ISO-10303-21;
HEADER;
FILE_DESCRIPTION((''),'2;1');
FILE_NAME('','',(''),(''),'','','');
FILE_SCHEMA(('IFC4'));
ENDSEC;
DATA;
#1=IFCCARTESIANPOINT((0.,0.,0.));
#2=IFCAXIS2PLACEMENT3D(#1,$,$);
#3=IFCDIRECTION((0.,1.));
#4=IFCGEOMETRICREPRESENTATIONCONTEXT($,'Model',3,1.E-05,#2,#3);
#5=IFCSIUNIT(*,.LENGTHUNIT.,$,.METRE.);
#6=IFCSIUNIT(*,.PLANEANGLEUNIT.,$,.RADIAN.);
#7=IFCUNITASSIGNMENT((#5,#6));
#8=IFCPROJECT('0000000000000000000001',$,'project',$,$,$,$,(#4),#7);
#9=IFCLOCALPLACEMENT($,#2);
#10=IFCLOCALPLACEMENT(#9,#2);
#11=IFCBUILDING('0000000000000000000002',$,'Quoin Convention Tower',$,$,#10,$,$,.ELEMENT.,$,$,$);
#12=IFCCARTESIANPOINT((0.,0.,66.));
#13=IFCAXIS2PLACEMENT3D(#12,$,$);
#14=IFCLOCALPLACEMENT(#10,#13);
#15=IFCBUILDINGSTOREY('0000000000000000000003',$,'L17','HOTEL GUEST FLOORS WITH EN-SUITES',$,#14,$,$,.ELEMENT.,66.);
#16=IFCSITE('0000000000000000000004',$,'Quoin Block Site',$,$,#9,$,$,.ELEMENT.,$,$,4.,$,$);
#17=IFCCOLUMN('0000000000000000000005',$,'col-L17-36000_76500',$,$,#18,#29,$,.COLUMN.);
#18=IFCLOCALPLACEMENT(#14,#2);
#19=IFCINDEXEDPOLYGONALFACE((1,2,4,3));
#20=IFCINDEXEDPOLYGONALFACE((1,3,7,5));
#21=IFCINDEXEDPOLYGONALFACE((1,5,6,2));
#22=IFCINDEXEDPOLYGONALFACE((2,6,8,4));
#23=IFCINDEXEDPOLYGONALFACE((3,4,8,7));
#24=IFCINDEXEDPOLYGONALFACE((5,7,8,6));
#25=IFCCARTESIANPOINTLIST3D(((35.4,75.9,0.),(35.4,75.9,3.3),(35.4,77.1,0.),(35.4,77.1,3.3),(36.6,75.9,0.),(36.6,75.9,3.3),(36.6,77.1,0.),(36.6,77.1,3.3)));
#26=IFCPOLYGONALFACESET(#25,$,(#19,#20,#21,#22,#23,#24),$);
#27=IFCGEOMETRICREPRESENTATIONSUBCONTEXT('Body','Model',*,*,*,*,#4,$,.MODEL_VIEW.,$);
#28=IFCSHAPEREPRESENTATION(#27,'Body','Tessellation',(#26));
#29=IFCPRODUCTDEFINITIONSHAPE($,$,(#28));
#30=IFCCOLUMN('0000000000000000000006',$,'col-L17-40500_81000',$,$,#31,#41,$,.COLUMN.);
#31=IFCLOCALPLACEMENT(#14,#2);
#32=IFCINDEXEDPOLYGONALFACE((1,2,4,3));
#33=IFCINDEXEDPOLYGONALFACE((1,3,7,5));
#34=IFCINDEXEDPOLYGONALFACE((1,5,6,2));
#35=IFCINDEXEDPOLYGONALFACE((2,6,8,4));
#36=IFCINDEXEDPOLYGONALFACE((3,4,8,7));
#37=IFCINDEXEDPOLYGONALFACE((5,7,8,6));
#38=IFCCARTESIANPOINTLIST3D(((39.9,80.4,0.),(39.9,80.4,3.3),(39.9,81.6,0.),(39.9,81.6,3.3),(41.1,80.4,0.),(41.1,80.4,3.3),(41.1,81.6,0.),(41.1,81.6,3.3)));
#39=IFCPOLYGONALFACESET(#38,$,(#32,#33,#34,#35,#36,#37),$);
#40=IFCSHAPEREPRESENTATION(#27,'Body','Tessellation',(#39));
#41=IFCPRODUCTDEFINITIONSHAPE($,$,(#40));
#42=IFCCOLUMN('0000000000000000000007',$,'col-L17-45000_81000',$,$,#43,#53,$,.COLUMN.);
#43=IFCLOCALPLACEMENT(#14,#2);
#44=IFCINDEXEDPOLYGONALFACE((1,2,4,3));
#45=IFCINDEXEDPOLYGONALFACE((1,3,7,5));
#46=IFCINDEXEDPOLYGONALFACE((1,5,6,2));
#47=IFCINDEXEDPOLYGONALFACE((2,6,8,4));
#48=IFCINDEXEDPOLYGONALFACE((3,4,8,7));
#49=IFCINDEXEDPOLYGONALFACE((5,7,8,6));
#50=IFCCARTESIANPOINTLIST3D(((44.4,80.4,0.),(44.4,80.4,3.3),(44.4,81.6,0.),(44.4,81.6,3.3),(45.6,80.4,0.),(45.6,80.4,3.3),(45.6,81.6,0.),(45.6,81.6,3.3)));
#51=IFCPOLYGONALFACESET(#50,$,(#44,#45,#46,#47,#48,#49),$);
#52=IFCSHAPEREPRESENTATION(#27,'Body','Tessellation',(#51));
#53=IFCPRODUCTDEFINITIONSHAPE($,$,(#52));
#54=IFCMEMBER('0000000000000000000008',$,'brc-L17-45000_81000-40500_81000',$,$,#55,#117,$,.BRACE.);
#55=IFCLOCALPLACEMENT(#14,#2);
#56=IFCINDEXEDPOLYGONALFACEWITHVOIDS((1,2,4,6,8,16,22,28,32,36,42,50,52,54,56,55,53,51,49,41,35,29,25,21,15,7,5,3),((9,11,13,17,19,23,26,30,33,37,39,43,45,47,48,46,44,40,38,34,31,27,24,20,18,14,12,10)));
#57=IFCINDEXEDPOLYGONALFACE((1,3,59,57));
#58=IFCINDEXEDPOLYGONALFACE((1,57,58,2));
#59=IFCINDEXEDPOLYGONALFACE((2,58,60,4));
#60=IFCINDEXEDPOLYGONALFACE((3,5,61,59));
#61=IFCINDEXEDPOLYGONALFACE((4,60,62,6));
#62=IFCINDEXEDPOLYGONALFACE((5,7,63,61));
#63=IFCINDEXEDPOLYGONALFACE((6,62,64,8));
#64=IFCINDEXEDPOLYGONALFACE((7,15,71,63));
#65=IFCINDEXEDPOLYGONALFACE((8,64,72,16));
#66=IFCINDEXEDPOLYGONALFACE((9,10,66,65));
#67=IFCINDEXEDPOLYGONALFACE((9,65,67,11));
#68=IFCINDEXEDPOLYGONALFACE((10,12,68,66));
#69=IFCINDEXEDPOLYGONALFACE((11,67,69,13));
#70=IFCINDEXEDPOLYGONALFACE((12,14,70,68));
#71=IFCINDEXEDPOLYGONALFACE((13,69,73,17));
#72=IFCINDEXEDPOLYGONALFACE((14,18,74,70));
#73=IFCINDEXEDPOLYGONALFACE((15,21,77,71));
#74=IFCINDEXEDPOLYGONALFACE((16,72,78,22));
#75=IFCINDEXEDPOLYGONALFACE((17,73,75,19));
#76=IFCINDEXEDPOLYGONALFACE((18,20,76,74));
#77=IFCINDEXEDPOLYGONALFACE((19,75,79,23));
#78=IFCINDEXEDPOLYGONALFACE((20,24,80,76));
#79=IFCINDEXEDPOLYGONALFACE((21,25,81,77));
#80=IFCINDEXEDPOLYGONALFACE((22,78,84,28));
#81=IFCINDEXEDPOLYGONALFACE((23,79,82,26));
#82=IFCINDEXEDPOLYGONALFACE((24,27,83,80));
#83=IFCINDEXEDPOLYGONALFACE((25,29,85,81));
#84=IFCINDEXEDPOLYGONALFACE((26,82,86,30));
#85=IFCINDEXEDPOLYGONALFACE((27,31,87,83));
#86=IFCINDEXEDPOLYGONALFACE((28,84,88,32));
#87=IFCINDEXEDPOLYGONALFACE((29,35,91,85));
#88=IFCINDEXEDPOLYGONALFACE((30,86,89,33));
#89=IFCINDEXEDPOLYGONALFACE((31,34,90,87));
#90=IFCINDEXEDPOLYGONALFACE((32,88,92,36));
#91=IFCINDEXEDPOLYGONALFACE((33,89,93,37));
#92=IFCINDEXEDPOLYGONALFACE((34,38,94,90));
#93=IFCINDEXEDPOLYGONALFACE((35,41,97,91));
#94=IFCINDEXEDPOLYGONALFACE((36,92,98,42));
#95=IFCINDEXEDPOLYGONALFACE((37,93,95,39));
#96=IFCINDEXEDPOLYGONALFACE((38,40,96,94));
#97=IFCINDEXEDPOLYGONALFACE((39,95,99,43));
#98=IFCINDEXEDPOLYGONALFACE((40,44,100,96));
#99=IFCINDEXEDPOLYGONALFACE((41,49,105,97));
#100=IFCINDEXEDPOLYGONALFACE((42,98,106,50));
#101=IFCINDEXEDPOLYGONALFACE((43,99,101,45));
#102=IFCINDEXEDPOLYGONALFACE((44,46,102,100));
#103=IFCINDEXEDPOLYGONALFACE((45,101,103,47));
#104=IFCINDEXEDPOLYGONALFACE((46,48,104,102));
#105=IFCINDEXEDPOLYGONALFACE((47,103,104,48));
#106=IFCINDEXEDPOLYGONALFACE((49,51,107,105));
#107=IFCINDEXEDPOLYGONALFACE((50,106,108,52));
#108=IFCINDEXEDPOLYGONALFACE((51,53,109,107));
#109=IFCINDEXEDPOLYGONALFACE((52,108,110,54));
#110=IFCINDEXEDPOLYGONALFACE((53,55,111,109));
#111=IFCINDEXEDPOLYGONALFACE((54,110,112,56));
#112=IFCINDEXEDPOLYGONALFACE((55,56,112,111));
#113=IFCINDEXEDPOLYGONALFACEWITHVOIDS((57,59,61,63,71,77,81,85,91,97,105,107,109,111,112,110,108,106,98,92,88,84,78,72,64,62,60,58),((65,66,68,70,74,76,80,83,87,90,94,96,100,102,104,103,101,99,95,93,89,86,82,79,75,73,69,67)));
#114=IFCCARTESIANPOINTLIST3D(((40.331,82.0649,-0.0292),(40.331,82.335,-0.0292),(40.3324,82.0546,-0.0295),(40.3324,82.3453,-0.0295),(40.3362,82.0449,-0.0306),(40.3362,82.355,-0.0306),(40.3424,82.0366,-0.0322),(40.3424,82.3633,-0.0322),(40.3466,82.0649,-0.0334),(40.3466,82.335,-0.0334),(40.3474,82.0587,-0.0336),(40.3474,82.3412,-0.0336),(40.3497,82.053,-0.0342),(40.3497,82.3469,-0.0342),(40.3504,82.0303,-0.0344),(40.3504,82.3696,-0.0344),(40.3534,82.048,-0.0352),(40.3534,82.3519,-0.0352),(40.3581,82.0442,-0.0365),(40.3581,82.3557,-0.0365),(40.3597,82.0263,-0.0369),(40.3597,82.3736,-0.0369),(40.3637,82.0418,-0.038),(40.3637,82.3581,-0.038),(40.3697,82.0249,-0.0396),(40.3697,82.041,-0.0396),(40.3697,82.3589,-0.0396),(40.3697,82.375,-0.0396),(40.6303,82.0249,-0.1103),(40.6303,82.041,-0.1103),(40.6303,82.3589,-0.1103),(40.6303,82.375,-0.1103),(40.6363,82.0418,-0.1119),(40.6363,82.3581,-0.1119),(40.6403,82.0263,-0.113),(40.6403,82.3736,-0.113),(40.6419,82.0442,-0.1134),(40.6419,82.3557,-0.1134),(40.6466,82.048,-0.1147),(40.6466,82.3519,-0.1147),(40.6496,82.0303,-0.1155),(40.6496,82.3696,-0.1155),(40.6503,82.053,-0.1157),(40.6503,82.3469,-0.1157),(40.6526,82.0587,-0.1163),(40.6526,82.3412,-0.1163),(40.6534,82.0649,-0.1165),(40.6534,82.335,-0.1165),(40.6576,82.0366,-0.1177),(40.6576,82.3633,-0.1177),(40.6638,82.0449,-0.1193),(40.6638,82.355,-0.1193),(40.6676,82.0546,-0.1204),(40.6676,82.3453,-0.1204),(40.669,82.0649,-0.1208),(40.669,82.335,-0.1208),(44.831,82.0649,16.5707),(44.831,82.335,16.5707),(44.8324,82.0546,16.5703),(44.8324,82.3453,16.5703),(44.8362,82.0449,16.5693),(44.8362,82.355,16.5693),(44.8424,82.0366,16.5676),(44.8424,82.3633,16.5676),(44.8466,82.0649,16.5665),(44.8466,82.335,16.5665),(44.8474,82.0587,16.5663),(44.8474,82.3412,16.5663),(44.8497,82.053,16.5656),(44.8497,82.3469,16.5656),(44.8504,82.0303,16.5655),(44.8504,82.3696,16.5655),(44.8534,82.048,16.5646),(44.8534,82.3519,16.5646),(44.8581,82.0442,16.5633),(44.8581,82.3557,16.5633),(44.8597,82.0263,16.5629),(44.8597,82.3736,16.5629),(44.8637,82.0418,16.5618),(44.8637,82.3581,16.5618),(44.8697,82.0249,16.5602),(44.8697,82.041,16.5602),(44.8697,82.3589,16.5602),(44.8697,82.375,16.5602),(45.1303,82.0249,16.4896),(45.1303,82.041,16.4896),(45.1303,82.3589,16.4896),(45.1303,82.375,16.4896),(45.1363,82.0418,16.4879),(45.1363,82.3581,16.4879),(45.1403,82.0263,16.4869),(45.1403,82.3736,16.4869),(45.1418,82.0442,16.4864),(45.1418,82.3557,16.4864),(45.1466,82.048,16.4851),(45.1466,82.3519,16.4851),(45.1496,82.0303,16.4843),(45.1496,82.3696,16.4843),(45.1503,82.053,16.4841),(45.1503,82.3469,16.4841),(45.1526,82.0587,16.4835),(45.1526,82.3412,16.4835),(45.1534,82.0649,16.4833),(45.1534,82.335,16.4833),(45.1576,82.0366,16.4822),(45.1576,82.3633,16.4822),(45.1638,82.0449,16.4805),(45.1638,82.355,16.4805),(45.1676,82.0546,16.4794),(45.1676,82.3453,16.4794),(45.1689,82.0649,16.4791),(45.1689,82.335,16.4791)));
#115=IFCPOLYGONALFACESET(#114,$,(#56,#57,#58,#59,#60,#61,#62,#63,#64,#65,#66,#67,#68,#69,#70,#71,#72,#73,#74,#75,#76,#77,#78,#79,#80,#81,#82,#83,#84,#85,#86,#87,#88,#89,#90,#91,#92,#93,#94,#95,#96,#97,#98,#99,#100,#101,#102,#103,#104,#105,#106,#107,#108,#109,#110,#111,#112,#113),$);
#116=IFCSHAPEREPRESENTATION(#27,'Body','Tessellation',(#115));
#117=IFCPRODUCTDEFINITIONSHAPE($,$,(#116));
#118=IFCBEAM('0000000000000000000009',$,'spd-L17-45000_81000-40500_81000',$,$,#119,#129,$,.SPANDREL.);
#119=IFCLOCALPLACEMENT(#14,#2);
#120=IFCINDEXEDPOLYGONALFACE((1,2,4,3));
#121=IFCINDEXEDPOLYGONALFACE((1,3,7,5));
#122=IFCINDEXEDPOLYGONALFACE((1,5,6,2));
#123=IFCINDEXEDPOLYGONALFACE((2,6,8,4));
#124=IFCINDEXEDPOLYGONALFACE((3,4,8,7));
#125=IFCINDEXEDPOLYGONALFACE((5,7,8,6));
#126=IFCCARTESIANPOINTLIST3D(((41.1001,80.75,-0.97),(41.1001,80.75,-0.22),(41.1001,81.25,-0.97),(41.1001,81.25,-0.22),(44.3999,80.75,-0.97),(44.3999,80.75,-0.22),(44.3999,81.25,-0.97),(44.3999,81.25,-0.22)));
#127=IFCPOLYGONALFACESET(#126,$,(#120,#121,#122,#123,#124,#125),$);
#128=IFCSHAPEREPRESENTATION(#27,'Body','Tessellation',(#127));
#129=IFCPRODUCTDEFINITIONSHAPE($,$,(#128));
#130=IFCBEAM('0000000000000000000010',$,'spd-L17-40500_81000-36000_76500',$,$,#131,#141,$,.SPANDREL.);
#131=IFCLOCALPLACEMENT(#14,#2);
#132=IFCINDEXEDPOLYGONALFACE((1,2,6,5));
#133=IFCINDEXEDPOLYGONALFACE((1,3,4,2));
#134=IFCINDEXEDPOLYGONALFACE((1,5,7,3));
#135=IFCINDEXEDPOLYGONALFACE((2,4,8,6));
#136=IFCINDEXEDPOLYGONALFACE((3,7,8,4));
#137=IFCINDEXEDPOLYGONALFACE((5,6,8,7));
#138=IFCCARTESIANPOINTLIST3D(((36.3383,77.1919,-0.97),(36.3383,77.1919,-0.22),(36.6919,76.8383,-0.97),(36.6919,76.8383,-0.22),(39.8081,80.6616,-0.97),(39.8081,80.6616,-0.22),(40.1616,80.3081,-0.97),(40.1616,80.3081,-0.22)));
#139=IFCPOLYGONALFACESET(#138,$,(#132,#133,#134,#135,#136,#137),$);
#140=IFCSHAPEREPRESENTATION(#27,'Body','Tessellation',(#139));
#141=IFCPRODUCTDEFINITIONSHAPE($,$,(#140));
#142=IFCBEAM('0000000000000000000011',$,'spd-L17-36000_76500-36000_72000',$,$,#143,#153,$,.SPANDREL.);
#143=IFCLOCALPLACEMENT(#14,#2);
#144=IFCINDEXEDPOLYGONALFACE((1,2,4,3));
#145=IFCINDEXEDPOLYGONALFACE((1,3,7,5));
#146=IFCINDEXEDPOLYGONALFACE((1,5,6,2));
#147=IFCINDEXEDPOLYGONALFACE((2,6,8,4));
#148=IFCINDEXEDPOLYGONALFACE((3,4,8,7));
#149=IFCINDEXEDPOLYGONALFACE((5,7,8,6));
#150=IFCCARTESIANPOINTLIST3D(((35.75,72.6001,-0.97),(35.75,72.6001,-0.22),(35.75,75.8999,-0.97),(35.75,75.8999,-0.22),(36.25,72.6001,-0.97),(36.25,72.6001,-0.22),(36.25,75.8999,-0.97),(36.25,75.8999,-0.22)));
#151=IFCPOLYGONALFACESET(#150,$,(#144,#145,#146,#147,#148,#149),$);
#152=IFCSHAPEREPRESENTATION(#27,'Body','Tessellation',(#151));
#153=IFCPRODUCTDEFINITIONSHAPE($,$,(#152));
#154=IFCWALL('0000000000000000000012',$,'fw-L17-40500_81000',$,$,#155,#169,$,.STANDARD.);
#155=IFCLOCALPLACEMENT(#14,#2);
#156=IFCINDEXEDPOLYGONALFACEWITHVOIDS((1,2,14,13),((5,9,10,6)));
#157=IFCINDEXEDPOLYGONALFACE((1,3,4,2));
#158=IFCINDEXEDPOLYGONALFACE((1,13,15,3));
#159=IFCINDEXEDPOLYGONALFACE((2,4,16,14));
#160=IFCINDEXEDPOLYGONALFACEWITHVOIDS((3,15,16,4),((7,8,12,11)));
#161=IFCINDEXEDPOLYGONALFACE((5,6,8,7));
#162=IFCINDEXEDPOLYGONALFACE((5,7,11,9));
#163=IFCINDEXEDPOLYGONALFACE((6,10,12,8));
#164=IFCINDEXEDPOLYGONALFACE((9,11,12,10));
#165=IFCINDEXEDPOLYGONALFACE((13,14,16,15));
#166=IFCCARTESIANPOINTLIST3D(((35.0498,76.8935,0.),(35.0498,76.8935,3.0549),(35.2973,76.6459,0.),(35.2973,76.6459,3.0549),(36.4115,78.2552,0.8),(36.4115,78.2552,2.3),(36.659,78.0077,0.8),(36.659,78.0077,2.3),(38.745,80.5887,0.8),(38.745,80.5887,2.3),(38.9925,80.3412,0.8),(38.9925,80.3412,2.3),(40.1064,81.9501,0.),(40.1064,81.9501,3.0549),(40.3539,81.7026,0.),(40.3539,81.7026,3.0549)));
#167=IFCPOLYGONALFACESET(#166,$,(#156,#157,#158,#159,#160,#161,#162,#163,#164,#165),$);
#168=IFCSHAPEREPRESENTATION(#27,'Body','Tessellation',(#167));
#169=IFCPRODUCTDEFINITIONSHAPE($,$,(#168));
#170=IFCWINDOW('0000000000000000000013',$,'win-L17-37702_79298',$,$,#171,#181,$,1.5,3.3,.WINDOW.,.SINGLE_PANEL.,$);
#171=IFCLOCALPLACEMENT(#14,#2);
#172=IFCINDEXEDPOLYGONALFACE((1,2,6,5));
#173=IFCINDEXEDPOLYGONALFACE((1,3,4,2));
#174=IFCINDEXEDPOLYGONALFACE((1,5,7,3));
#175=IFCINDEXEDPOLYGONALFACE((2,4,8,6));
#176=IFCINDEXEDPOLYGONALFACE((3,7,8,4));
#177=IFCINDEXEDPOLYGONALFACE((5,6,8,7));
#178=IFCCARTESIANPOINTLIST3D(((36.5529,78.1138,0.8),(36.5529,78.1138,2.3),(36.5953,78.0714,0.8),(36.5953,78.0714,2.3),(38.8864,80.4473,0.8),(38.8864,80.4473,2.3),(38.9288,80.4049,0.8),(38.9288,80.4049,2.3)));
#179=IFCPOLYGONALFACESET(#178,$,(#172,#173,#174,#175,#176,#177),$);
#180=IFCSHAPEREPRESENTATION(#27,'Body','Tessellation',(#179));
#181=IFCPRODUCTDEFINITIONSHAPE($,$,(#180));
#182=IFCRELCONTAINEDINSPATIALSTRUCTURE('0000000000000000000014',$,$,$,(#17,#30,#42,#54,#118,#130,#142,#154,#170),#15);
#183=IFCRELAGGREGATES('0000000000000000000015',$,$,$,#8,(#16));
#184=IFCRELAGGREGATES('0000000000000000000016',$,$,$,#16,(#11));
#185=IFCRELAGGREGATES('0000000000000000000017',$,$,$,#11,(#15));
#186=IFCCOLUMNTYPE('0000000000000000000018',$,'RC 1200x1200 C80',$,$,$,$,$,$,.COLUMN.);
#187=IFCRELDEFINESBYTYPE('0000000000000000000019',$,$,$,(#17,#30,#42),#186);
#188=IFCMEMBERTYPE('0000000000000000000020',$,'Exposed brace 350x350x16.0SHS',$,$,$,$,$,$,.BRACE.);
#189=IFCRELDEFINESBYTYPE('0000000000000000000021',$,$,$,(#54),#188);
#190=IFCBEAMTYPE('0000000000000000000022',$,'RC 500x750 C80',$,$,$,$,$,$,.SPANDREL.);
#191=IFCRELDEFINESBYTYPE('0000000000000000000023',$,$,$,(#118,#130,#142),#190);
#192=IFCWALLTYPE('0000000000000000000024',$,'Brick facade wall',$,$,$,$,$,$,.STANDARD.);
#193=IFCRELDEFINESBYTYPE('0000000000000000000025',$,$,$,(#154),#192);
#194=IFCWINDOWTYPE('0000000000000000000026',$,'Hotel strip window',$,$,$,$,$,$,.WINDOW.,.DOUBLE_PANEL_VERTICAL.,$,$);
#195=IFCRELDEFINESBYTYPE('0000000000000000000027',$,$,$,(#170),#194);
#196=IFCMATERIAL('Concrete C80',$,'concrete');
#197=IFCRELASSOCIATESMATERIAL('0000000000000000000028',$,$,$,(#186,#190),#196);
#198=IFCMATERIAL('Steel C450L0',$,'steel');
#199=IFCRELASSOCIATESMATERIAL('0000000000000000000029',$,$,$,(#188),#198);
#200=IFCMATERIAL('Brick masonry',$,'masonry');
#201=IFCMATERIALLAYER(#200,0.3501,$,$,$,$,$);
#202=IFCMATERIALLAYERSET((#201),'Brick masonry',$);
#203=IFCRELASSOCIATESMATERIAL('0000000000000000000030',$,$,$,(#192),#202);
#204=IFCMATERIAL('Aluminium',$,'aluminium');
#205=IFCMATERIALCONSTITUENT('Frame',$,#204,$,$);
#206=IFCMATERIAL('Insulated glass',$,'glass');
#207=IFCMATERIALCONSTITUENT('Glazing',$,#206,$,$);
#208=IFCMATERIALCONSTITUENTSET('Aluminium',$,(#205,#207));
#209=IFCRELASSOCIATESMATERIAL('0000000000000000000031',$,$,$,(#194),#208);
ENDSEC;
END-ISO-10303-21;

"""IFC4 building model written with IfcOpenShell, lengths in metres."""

from ifc_helpers import new_model, si_unit, direction, frame, frame_2d, origin, origin_2d, place, context, subcontext, project, spatial, rectangle, hollow_rectangle, extrude, material, layer, layer_set, constituent, constituent_set, material_profile, profile_set, type_object, element, fill, save


model = new_model("IFC4")

# Units and contexts
model_context = context("Model", 3, precision=1e-05, world=origin(), true_north=direction((0.0, 1.0)))
body_context = subcontext(model_context, "Body", "Model", "MODEL_VIEW")
ifc_project = project(units=[si_unit("LENGTHUNIT", "METRE"), si_unit("PLANEANGLEUNIT", "RADIAN")], contexts=[model_context])

# Site, building, storey
site_placement = place(None, origin())
site = spatial("IfcSite", under=ifc_project, at=site_placement, Name="Quoin Block Site", CompositionType="ELEMENT", RefElevation=4.0)
building_placement = place(site_placement, origin())
building = spatial("IfcBuilding", under=site, at=building_placement, Name="Quoin Convention Tower", CompositionType="ELEMENT")
storey_placement = place(building_placement, frame((0.0, 0.0, 66.0)))
storey = spatial("IfcBuildingStorey", under=building, at=storey_placement, Name="L17", Description="HOTEL GUEST FLOORS WITH EN-SUITES", CompositionType="ELEMENT", Elevation=66.0)

# Columns
ifc_material_1 = material(Name="Concrete C80", Category="concrete")
ifc_material_profile_1 = material_profile(ifc_material_1, rectangle(XDim=1.2, YDim=1.2, at=origin_2d()), Name="RC 1200x1200")
ifc_profile_set_1 = profile_set([ifc_material_profile_1], Name="Concrete C80")
column_type = type_object("IfcColumnType", Name="RC 1200x1200 C80", PredefinedType="COLUMN", material=ifc_profile_set_1)
for number, where, z_axis, x_axis, name in (
    (1, (36.0, 76.5, 0.0), (0.0, 0.0, 1.0), (1.0, 0.0, 0.0), "col-L17-36000_76500"),
    (2, (40.5, 81.0, 0.0), (0.0, 0.0, 1.0), (1.0, 0.0, 0.0), "col-L17-40500_81000"),
    (3, (45.0, 81.0, 0.0), (0.0, 0.0, 1.0), (1.0, 0.0, 0.0), "col-L17-45000_81000"),
):
    element("IfcColumn", number, at=place(storey_placement, frame(where, z_axis=z_axis, x_axis=x_axis)), inside=storey, type_object=column_type, Name=name, PredefinedType="COLUMN", context=body_context, shape_type="SweptSolid", body=[
        extrude(rectangle(XDim=1.2, YDim=1.2, at=origin_2d()), origin(), (0.0, 0.0, 1.0), 3.3),
    ])

# Member
ifc_material_2 = material(Name="Steel C450L0", Category="steel")
ifc_material_profile_2 = material_profile(ifc_material_2, hollow_rectangle(XDim=0.3501, YDim=0.3501, WallThickness=0.0161, InnerFilletRadius=0.0239, OuterFilletRadius=0.04, at=origin_2d()), Name="350x350x16.0SHS")
ifc_profile_set_2 = profile_set([ifc_material_profile_2], Name="Steel C450L0")
member_type = type_object("IfcMemberType", Name="Exposed brace 350x350x16.0SHS", PredefinedType="BRACE", material=ifc_profile_set_2)
member_placement = place(storey_placement, frame((40.5, 82.2, -0.075), z_axis=(0.261643, 0.0, 0.965165), x_axis=(0.0, 1.0, 0.0)))
element("IfcMember", 4, at=member_placement, inside=storey, type_object=member_type, Name="brc-L17-45000_81000-40500_81000", PredefinedType="BRACE", context=body_context, shape_type="SweptSolid", body=[
    extrude(hollow_rectangle(XDim=0.3501, YDim=0.3501, WallThickness=0.0161, InnerFilletRadius=0.0239, OuterFilletRadius=0.04, at=origin_2d()), origin(), (0.0, 0.0, 1.0), 17.199),
])

# Beams
ifc_material_profile_3 = material_profile(ifc_material_1, rectangle(XDim=0.5, YDim=0.75, at=origin_2d()), Name="RC 500x750")
ifc_profile_set_3 = profile_set([ifc_material_profile_3], Name="Concrete C80")
beam_type = type_object("IfcBeamType", Name="RC 500x750 C80", PredefinedType="SPANDREL", material=ifc_profile_set_3)
beam_1_placement = place(storey_placement, frame((44.3999, 81.0, -0.595), z_axis=(-1.0, 0.0, 0.0), x_axis=(0.0, -1.0, 0.0)))
element("IfcBeam", 5, at=beam_1_placement, inside=storey, type_object=beam_type, Name="spd-L17-45000_81000-40500_81000", PredefinedType="SPANDREL", context=body_context, shape_type="SweptSolid", body=[
    extrude(rectangle(XDim=0.5, YDim=0.75, at=origin_2d()), origin(), (0.0, 0.0, 1.0), 3.2998),
])
beam_2_placement = place(storey_placement, frame((39.9849, 80.4849, -0.595), z_axis=(-0.707107, -0.707107, 0.0), x_axis=(0.707107, -0.707107, 0.0)))
element("IfcBeam", 6, at=beam_2_placement, inside=storey, type_object=beam_type, Name="spd-L17-40500_81000-36000_76500", PredefinedType="SPANDREL", context=body_context, shape_type="SweptSolid", body=[
    extrude(rectangle(XDim=0.5, YDim=0.75, at=origin_2d()), origin(), (0.0, 0.0, 1.0), 4.907),
])
beam_3_placement = place(storey_placement, frame((36.0, 75.8999, -0.595), z_axis=(0.0, -1.0, 0.0), x_axis=(1.0, 0.0, 0.0)))
element("IfcBeam", 7, at=beam_3_placement, inside=storey, type_object=beam_type, Name="spd-L17-36000_76500-36000_72000", PredefinedType="SPANDREL", context=body_context, shape_type="SweptSolid", body=[
    extrude(rectangle(XDim=0.5, YDim=0.75, at=origin_2d()), origin(), (0.0, 0.0, 1.0), 3.2998),
])

# Wall, opening, window
ifc_material_3 = material(Name="Brick masonry", Category="masonry")
ifc_layer_1 = layer(ifc_material_3, 0.3501)
ifc_layer_set_1 = layer_set([ifc_layer_1], Name="Brick masonry")
wall_type_1 = type_object("IfcWallType", Name="Brick facade wall", PredefinedType="STANDARD", material=ifc_layer_set_1)
wall_1_placement = place(storey_placement, frame((40.2302, 81.8264, 0.0), z_axis=(0.0, 0.0, 1.0), x_axis=(-0.707107, -0.707107, 0.0)))
wall_1 = element("IfcWall", 8, at=wall_1_placement, inside=storey, type_object=wall_type_1, Name="fw-L17-40500_81000", PredefinedType="STANDARD", context=body_context, shape_type="SweptSolid", body=[
    extrude(rectangle(XDim=7.1511, YDim=0.3501, at=frame_2d((3.5757, 0.0))), origin(), (0.0, 0.0, 1.0), 3.0549),
])
opening_1_placement = place(wall_1_placement, frame((1.9255, 0.0, 0.8)))
opening_1 = element("IfcOpeningElement", 9, at=opening_1_placement, cuts=wall_1, PredefinedType="OPENING", context=body_context, shape_type="SweptSolid", body=[
    extrude(rectangle(XDim=3.3, YDim=1.5, at=frame_2d((1.6499, 0.75))), frame((0.0, 0.1851, 0.0), z_axis=(0.0, -1.0, 0.0), x_axis=(1.0, 0.0, 0.0)), (0.0, 0.0, 1.0), 0.3701),
])
ifc_material_4 = material(Name="Aluminium", Category="aluminium")
ifc_constituent_1 = constituent(ifc_material_4, Name="Frame")
ifc_material_5 = material(Name="Insulated glass", Category="glass")
ifc_constituent_2 = constituent(ifc_material_5, Name="Glazing")
ifc_constituent_set = constituent_set(constituents=[ifc_constituent_1, ifc_constituent_2], Name="Aluminium")
window_type = type_object("IfcWindowType", Name="Hotel strip window", PartitioningType="DOUBLE_PANEL_VERTICAL", PredefinedType="WINDOW", material=ifc_constituent_set)
window_placement = place(opening_1_placement, origin())
window = element("IfcWindow", 10, at=window_placement, inside=storey, type_object=window_type, Name="win-L17-37702_79298", OverallHeight=1.5, OverallWidth=3.3, PartitioningType="SINGLE_PANEL", PredefinedType="WINDOW", context=body_context, shape_type="SweptSolid", body=[
    extrude(rectangle(XDim=3.3, YDim=1.5, at=frame_2d((1.6499, 0.75))), frame((0.0, 0.085, 0.0), z_axis=(0.0, -1.0, 0.0), x_axis=(1.0, 0.0, 0.0)), (0.0, 0.0, 1.0), 0.0601),
])
fill(opening_1, window)

save(model, "model.ifc")
